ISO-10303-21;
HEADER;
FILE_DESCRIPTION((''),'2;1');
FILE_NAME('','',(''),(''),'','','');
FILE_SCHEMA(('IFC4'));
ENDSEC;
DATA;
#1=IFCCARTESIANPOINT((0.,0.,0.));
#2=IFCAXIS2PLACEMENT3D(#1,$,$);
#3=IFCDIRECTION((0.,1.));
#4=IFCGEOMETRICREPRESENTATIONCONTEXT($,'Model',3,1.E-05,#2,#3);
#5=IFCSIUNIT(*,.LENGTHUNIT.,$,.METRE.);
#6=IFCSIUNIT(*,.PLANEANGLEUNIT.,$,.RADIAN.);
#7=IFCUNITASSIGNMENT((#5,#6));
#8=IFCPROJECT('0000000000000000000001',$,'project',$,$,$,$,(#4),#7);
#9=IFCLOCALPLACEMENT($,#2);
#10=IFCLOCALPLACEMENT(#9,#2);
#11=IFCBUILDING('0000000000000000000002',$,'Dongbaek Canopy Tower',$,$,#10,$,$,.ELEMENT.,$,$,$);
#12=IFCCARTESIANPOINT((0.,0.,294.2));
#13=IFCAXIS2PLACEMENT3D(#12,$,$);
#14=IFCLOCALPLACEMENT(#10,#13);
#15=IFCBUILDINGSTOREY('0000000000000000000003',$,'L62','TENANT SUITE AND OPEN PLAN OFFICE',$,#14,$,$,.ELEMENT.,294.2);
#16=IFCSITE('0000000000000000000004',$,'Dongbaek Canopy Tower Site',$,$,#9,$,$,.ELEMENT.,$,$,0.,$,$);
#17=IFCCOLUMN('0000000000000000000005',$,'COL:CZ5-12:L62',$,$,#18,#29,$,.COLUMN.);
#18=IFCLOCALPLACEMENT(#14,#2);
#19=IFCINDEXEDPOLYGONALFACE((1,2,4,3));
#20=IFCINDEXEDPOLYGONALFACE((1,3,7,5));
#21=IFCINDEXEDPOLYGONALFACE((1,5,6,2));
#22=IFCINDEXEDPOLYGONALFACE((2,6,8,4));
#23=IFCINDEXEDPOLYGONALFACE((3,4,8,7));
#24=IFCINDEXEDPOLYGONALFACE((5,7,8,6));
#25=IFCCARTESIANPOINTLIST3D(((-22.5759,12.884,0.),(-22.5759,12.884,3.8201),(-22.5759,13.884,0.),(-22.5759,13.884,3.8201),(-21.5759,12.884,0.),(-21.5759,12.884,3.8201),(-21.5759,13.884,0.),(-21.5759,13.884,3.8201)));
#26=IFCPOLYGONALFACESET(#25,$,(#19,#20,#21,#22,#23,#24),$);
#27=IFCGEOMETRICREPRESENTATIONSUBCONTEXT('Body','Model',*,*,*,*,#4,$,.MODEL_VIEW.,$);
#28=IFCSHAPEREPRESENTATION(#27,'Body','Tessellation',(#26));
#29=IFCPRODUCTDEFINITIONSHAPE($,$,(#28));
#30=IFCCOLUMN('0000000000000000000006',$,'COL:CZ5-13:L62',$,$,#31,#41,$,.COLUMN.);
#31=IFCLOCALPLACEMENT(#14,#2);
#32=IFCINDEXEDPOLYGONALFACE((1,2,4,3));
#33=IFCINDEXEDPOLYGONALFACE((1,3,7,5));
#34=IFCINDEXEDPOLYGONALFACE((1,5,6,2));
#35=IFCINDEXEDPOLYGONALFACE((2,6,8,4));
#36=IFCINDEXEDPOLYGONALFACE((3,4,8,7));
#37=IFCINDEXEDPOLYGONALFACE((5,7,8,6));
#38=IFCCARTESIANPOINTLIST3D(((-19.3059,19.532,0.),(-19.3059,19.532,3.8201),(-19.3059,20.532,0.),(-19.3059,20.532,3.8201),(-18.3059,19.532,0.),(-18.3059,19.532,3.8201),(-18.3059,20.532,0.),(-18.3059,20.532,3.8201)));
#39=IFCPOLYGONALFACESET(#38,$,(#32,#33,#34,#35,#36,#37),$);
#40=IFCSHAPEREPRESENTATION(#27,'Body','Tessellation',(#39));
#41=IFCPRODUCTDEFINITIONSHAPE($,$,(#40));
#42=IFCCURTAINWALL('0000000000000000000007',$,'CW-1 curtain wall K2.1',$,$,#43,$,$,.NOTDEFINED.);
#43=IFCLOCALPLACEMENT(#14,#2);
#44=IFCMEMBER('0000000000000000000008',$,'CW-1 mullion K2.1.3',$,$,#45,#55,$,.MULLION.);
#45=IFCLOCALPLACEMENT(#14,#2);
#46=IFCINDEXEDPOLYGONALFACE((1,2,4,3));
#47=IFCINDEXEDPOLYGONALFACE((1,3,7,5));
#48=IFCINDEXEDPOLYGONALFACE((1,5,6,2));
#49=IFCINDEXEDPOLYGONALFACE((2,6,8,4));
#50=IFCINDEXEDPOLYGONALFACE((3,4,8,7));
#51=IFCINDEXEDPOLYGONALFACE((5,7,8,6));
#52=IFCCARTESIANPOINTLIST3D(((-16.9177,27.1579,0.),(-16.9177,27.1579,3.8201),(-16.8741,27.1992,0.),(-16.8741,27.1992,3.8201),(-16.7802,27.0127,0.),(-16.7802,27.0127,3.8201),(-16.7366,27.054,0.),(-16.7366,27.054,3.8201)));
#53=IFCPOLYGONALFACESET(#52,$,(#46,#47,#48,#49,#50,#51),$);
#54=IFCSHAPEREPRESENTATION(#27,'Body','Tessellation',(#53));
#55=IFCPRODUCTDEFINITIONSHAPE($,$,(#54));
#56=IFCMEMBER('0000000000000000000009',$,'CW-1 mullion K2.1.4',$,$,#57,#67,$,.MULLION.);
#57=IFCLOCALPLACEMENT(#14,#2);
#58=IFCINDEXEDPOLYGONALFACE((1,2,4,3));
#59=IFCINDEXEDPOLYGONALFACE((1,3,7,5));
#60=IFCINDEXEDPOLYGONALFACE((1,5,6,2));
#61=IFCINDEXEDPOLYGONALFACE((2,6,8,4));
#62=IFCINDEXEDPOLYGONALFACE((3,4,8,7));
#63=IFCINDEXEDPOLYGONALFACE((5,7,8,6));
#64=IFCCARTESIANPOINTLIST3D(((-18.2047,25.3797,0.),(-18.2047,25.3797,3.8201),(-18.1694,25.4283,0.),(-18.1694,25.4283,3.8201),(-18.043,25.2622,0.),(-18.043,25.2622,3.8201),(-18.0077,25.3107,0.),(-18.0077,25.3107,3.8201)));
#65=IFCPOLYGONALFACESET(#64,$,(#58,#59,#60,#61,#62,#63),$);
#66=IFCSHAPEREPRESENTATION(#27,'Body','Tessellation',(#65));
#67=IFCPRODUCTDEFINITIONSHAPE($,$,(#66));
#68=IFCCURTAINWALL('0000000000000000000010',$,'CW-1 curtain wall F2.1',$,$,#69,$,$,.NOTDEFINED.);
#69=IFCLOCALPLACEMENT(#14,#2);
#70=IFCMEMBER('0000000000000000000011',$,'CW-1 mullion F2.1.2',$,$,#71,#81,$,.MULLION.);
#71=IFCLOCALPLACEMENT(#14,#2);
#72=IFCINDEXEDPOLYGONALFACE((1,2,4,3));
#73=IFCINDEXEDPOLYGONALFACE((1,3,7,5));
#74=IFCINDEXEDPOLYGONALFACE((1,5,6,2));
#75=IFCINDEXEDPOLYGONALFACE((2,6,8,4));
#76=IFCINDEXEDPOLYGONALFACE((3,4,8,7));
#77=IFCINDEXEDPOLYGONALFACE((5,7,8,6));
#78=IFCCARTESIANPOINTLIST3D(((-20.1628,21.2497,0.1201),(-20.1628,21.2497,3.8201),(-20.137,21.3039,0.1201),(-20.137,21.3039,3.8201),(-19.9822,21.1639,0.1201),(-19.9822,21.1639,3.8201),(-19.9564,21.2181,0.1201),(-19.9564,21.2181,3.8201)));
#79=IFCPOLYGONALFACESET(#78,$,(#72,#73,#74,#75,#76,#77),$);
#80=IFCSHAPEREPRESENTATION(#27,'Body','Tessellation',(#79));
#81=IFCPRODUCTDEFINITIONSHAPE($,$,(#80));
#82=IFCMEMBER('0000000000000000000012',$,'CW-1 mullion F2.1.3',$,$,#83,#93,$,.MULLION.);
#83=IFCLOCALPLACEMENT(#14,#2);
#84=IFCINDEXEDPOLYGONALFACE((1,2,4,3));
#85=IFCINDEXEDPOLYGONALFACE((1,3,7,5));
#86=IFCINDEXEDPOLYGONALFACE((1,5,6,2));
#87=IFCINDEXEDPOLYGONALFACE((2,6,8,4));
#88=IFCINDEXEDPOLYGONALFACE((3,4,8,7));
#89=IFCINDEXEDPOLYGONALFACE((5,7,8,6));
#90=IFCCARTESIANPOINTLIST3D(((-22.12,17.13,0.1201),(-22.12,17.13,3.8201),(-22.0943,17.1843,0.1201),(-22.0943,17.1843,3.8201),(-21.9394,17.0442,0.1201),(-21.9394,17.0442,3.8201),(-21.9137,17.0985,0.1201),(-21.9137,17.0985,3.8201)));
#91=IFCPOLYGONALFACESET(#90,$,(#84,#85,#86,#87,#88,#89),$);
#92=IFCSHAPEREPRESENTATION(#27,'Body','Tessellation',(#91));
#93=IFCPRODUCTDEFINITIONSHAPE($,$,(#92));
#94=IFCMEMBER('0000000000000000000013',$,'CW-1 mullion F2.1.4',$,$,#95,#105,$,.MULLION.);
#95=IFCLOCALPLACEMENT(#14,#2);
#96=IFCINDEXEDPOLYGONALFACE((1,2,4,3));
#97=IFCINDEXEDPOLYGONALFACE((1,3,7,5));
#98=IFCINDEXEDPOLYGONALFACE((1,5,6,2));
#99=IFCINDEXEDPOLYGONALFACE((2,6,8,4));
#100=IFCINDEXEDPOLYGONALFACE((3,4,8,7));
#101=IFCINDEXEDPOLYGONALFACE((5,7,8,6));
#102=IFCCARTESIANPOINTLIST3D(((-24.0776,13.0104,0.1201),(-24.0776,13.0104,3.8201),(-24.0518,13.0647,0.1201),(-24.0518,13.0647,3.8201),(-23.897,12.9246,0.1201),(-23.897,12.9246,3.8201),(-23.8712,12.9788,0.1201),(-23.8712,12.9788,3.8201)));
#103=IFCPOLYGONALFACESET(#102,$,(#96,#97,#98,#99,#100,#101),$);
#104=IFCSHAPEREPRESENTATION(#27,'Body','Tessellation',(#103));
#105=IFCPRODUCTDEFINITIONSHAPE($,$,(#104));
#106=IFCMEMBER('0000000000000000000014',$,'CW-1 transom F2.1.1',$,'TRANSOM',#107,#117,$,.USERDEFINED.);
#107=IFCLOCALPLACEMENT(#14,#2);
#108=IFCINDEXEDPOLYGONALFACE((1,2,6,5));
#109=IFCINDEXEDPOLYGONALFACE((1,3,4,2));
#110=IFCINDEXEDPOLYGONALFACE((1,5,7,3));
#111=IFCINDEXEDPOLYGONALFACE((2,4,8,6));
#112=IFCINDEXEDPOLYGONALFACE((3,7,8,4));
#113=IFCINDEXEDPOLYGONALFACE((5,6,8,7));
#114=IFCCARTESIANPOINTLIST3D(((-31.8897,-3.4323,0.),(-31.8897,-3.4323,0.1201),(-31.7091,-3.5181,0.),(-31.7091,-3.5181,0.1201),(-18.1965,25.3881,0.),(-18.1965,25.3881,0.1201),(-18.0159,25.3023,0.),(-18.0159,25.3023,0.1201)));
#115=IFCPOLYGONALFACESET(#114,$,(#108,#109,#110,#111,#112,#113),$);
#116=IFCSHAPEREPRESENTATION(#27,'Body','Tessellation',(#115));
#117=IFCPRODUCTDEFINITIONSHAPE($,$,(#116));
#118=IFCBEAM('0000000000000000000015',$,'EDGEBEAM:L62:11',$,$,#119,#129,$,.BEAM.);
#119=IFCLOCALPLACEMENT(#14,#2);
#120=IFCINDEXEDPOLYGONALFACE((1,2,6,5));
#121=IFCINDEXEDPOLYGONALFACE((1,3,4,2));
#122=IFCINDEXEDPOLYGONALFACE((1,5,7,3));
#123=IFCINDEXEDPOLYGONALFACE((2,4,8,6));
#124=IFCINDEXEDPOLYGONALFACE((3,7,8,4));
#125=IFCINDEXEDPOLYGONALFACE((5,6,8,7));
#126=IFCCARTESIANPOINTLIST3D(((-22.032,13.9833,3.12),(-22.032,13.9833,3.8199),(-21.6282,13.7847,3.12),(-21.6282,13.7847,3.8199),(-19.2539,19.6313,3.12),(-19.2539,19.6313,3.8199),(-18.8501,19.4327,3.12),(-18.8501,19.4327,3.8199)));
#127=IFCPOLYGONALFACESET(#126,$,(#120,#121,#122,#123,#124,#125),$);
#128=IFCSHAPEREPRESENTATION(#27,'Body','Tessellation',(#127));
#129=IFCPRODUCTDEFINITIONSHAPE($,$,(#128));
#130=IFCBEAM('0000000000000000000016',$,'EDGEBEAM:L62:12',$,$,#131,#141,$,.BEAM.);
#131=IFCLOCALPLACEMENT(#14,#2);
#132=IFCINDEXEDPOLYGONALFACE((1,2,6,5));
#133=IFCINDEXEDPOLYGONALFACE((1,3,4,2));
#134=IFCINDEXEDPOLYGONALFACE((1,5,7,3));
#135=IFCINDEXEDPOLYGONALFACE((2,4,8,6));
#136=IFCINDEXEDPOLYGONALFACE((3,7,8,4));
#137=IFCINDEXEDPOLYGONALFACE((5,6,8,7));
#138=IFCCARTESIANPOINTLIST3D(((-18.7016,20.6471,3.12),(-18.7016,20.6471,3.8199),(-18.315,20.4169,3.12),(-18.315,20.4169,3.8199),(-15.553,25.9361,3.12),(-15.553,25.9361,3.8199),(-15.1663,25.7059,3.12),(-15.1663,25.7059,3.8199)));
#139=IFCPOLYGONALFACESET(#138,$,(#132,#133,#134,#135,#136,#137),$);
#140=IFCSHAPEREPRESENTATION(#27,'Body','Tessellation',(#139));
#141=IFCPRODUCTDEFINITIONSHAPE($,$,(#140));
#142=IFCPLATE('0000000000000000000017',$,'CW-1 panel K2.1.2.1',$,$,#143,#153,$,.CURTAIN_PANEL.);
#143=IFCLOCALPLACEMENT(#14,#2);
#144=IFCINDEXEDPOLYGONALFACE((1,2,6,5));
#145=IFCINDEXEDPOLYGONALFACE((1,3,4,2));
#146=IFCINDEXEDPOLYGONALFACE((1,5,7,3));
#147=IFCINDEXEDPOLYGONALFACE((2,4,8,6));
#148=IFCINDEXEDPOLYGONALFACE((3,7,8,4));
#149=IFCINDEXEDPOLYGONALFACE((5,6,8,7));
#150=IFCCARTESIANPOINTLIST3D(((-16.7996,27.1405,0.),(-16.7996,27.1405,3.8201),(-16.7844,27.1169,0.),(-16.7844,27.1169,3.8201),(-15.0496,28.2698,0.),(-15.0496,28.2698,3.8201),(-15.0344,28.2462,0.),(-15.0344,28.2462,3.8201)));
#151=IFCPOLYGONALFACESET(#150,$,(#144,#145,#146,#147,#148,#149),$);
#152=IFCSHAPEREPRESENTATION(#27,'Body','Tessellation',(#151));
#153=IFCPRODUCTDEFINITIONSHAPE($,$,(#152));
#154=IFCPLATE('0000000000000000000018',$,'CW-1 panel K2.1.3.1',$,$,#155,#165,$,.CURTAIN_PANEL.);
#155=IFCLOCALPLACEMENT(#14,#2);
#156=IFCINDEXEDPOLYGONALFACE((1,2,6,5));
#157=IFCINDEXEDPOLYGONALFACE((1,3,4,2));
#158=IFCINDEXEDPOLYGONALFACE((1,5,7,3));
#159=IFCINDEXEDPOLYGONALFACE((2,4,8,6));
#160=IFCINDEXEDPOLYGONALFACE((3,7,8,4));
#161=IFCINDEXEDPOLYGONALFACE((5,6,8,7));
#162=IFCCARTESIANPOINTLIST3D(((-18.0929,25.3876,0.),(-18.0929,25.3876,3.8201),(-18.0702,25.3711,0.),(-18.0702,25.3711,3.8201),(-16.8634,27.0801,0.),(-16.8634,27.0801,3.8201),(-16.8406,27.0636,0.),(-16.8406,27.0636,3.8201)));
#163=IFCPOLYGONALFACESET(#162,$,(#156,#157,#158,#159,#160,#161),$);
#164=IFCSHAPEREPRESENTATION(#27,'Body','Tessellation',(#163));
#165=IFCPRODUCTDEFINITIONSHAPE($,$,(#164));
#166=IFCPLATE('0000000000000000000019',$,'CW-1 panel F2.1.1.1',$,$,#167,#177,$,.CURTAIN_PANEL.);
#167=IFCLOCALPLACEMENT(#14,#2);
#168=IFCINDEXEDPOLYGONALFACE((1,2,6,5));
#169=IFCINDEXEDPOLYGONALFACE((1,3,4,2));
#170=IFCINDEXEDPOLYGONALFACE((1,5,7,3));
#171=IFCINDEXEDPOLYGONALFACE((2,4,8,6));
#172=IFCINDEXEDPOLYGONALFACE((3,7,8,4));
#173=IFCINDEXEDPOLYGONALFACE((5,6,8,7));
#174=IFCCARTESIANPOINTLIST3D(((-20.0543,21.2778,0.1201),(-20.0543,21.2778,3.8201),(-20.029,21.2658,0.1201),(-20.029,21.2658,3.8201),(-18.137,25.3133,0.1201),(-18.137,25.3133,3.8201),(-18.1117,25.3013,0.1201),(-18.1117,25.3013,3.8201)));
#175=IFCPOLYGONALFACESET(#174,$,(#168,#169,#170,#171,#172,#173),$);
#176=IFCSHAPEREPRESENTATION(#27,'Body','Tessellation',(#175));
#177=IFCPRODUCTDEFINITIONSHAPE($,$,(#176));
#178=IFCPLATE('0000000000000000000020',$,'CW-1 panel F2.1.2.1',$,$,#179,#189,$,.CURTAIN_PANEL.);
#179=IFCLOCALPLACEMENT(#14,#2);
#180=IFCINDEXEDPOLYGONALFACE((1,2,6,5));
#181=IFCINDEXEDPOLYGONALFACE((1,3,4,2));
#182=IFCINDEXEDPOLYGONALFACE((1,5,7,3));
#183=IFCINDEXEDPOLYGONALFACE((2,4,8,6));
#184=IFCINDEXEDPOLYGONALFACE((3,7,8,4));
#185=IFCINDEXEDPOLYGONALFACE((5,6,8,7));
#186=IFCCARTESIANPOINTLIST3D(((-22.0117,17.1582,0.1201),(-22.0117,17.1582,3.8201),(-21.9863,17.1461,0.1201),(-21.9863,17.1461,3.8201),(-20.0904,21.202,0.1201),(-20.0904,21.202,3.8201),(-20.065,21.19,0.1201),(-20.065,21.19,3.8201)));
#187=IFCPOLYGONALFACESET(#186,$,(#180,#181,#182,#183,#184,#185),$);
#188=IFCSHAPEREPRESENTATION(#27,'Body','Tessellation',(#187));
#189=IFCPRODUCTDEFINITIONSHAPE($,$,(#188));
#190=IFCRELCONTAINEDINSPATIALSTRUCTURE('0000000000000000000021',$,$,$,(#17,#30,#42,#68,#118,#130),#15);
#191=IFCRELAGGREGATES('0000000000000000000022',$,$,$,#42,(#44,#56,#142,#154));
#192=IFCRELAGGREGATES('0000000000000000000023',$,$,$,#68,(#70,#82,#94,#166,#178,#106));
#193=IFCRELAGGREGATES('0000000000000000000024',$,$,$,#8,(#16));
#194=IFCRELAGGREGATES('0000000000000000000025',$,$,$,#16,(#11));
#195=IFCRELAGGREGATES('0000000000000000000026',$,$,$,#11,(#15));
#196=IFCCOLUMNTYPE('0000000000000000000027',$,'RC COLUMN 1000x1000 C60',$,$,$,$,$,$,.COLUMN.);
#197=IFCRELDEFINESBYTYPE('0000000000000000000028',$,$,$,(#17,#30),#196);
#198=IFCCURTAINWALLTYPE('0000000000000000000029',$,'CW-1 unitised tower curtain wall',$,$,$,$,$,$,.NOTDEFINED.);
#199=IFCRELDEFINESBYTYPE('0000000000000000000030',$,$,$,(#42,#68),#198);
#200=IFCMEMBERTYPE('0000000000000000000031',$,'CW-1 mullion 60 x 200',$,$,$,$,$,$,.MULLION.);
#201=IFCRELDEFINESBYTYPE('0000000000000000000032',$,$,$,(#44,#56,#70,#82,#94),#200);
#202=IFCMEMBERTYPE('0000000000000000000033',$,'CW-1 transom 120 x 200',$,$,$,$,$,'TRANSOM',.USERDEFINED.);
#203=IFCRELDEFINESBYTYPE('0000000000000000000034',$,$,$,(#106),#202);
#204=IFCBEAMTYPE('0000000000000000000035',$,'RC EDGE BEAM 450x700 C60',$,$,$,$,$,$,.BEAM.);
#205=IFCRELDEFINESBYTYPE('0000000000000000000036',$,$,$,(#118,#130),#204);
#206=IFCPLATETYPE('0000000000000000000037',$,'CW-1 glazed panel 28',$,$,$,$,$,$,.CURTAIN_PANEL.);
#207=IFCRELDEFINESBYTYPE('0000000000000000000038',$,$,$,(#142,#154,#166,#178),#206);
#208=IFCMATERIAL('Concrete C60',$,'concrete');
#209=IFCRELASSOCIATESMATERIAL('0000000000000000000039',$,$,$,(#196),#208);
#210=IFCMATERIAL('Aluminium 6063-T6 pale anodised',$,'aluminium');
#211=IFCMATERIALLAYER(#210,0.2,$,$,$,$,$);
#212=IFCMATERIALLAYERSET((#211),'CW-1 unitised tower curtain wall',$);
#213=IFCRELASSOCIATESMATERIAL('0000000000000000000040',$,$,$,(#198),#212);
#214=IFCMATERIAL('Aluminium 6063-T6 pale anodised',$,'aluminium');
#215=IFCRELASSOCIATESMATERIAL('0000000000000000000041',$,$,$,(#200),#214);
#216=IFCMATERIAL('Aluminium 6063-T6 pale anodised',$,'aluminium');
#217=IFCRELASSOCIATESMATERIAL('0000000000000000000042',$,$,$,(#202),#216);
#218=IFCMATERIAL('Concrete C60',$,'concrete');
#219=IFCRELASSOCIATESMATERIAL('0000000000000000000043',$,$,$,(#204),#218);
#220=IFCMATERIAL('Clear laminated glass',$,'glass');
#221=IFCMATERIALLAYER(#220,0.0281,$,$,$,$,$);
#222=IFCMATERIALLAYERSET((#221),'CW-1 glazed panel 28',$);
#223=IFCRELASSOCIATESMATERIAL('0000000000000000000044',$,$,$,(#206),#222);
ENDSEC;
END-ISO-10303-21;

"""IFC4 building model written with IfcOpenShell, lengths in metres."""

from ifc_helpers import new_model, si_unit, direction, frame, origin, origin_2d, place, context, subcontext, project, spatial, rectangle, extrude, material, layer, layer_set, material_profile, profile_set, type_object, element, aggregate, save


model = new_model("IFC4")

# Units and contexts
model_context = context("Model", 3, precision=1e-05, world=origin(), true_north=direction((0.0, 1.0)))
body_context = subcontext(model_context, "Body", "Model", "MODEL_VIEW")
ifc_project = project(units=[si_unit("LENGTHUNIT", "METRE"), si_unit("PLANEANGLEUNIT", "RADIAN")], contexts=[model_context])

# Site, building, storey
site_placement = place(None, origin())
site = spatial("IfcSite", under=ifc_project, at=site_placement, Name="Dongbaek Canopy Tower Site", CompositionType="ELEMENT", RefElevation=0.0)
building_placement = place(site_placement, origin())
building = spatial("IfcBuilding", under=site, at=building_placement, Name="Dongbaek Canopy Tower", CompositionType="ELEMENT")
storey_placement = place(building_placement, frame((0.0, 0.0, 294.2)))
storey = spatial("IfcBuildingStorey", under=building, at=storey_placement, Name="L62", Description="TENANT SUITE AND OPEN PLAN OFFICE", CompositionType="ELEMENT", Elevation=294.2)

# Columns
ifc_material_1 = material(Name="Concrete C60", Category="concrete")
ifc_material_profile_1 = material_profile(ifc_material_1, rectangle(XDim=1.0, YDim=1.0, at=origin_2d()), Name="RC COLUMN 1000x1000 C60")
ifc_profile_set_1 = profile_set([ifc_material_profile_1], Name="Concrete C60")
column_type = type_object("IfcColumnType", Name="RC COLUMN 1000x1000 C60", PredefinedType="COLUMN", material=ifc_profile_set_1)
for number, where, z_axis, x_axis, name in (
    (1, (-22.0759, 13.384, 0.0), (0.0, 0.0, 1.0), (1.0, 0.0, 0.0), "COL:CZ5-12:L62"),
    (2, (-18.8059, 20.032, 0.0), (0.0, 0.0, 1.0), (1.0, 0.0, 0.0), "COL:CZ5-13:L62"),
):
    element("IfcColumn", number, at=place(storey_placement, frame(where, z_axis=z_axis, x_axis=x_axis)), inside=storey, type_object=column_type, Name=name, PredefinedType="COLUMN", context=body_context, shape_type="SweptSolid", body=[
        extrude(rectangle(XDim=1.0, YDim=1.0, at=origin_2d()), origin(), (0.0, 0.0, 1.0), 3.8201),
    ])

# Curtain walls, members
ifc_material_2 = material(Name="Aluminium 6063-T6 pale anodised", Category="aluminium")
ifc_layer_1 = layer(ifc_material_2, 0.2)
ifc_layer_set_1 = layer_set([ifc_layer_1], Name="CW-1 unitised tower curtain wall")
curtain_wall_type = type_object("IfcCurtainWallType", Name="CW-1 unitised tower curtain wall", PredefinedType="NOTDEFINED", material=ifc_layer_set_1)
curtain_wall_1_placement = place(storey_placement, origin())
curtain_wall_1 = element("IfcCurtainWall", 3, at=curtain_wall_1_placement, inside=storey, type_object=curtain_wall_type, Name="CW-1 curtain wall K2.1", PredefinedType="NOTDEFINED")
ifc_material_3 = material(Name="Aluminium 6063-T6 pale anodised", Category="aluminium")
ifc_material_profile_2 = material_profile(ifc_material_3, rectangle(XDim=0.2, YDim=0.0601, at=origin_2d()), Name="CW-1 mullion 60 x 200")
ifc_profile_set_2 = profile_set([ifc_material_profile_2], Name="Aluminium 6063-T6 pale anodised")
member_type_1 = type_object("IfcMemberType", Name="CW-1 mullion 60 x 200", PredefinedType="MULLION", material=ifc_profile_set_2)
member_1_placement = place(storey_placement, frame((-16.8271, 27.106, 0.0), z_axis=(0.0, 0.0, 1.0), x_axis=(-0.687328, 0.726347, 0.0)))
member_1 = element("IfcMember", 4, at=member_1_placement, type_object=member_type_1, Name="CW-1 mullion K2.1.3", PredefinedType="MULLION", context=body_context, shape_type="SweptSolid", body=[
    extrude(rectangle(XDim=0.2, YDim=0.0601, at=origin_2d()), origin(), (0.0, 0.0, 1.0), 3.8201),
])
member_2_placement = place(storey_placement, frame((-18.1062, 25.3452, 0.0), z_axis=(0.0, 0.0, 1.0), x_axis=(-0.809046, 0.587745, 0.0)))
member_2 = element("IfcMember", 5, at=member_2_placement, type_object=member_type_1, Name="CW-1 mullion K2.1.4", PredefinedType="MULLION", context=body_context, shape_type="SweptSolid", body=[
    extrude(rectangle(XDim=0.2, YDim=0.0601, at=origin_2d()), origin(), (0.0, 0.0, 1.0), 3.8201),
])
curtain_wall_2_placement = place(storey_placement, origin())
curtain_wall_2 = element("IfcCurtainWall", 6, at=curtain_wall_2_placement, inside=storey, type_object=curtain_wall_type, Name="CW-1 curtain wall F2.1", PredefinedType="NOTDEFINED")
member_3_placement = place(storey_placement, frame((-20.0596, 21.2339, 0.1201), z_axis=(0.0, 0.0, 1.0), x_axis=(-0.903236, 0.429143, 0.0)))
member_3 = element("IfcMember", 7, at=member_3_placement, type_object=member_type_1, Name="CW-1 mullion F2.1.2", PredefinedType="MULLION", context=body_context, shape_type="SweptSolid", body=[
    extrude(rectangle(XDim=0.2, YDim=0.0601, at=origin_2d()), origin(), (0.0, 0.0, 1.0), 3.7),
])
member_4_placement = place(storey_placement, frame((-22.0168, 17.1143, 0.1201), z_axis=(0.0, 0.0, 1.0), x_axis=(-0.903236, 0.429143, 0.0)))
member_4 = element("IfcMember", 8, at=member_4_placement, type_object=member_type_1, Name="CW-1 mullion F2.1.3", PredefinedType="MULLION", context=body_context, shape_type="SweptSolid", body=[
    extrude(rectangle(XDim=0.2, YDim=0.0601, at=origin_2d()), origin(), (0.0, 0.0, 1.0), 3.7),
])
member_5_placement = place(storey_placement, frame((-23.9744, 12.9946, 0.1201), z_axis=(0.0, 0.0, 1.0), x_axis=(-0.903236, 0.429143, 0.0)))
member_5 = element("IfcMember", 9, at=member_5_placement, type_object=member_type_1, Name="CW-1 mullion F2.1.4", PredefinedType="MULLION", context=body_context, shape_type="SweptSolid", body=[
    extrude(rectangle(XDim=0.2, YDim=0.0601, at=origin_2d()), origin(), (0.0, 0.0, 1.0), 3.7),
])
ifc_material_4 = material(Name="Aluminium 6063-T6 pale anodised", Category="aluminium")
ifc_material_profile_3 = material_profile(ifc_material_4, rectangle(XDim=0.2, YDim=0.1201, at=origin_2d()), Name="CW-1 transom 120 x 200")
ifc_profile_set_3 = profile_set([ifc_material_profile_3], Name="Aluminium 6063-T6 pale anodised")
member_type_2 = type_object("IfcMemberType", Name="CW-1 transom 120 x 200", ElementType="TRANSOM", PredefinedType="USERDEFINED", material=ifc_profile_set_3)
member_6_placement = place(storey_placement, frame((-18.1062, 25.3452, 0.0601), z_axis=(-0.429145, -0.903235, 0.0), x_axis=(0.903235, -0.429145, 0.0)))
member_6 = element("IfcMember", 10, at=member_6_placement, type_object=member_type_2, Name="CW-1 transom F2.1.1", ObjectType="TRANSOM", PredefinedType="USERDEFINED", context=body_context, shape_type="SweptSolid", body=[
    extrude(rectangle(XDim=0.2, YDim=0.1201, at=origin_2d()), origin(), (0.0, 0.0, 1.0), 31.908),
])

# Beams
ifc_material_5 = material(Name="Concrete C60", Category="concrete")
ifc_material_profile_4 = material_profile(ifc_material_5, rectangle(XDim=0.45, YDim=0.7, at=origin_2d()), Name="RC EDGE BEAM 450x700 C60")
ifc_profile_set_4 = profile_set([ifc_material_profile_4], Name="Concrete C60")
beam_type = type_object("IfcBeamType", Name="RC EDGE BEAM 450x700 C60", PredefinedType="BEAM", material=ifc_profile_set_4)
beam_1_placement = place(storey_placement, frame((-21.8301, 13.884, 3.47), z_axis=(0.44137, 0.897325, 0.0), x_axis=(-0.897325, 0.44137, 0.0)))
element("IfcBeam", 11, at=beam_1_placement, inside=storey, type_object=beam_type, Name="EDGEBEAM:L62:11", PredefinedType="BEAM", context=body_context, shape_type="SweptSolid", body=[
    extrude(rectangle(XDim=0.45, YDim=0.7, at=origin_2d()), origin(), (0.0, 0.0, 1.0), 6.2942),
])
beam_2_placement = place(storey_placement, frame((-18.5083, 20.532, 3.47), z_axis=(0.511535, 0.859262, 0.0), x_axis=(-0.859262, 0.511535, 0.0)))
element("IfcBeam", 12, at=beam_2_placement, inside=storey, type_object=beam_type, Name="EDGEBEAM:L62:12", PredefinedType="BEAM", context=body_context, shape_type="SweptSolid", body=[
    extrude(rectangle(XDim=0.45, YDim=0.7, at=origin_2d()), origin(), (0.0, 0.0, 1.0), 6.1553),
])

# Plates
ifc_material_6 = material(Name="Clear laminated glass", Category="glass")
ifc_layer_2 = layer(ifc_material_6, 0.0281)
ifc_layer_set_2 = layer_set([ifc_layer_2], Name="CW-1 glazed panel 28")
plate_type = type_object("IfcPlateType", Name="CW-1 glazed panel 28", PredefinedType="CURTAIN_PANEL", material=ifc_layer_set_2)
plate_1_placement = place(storey_placement, frame((-15.917, 27.6934, 0.0), z_axis=(0.0, 0.0, 1.0), x_axis=(-0.840235, -0.542222, 0.0)))
plate_1 = element("IfcPlate", 13, at=plate_1_placement, type_object=plate_type, Name="CW-1 panel K2.1.2.1", PredefinedType="CURTAIN_PANEL", context=body_context, shape_type="SweptSolid", body=[
    extrude(rectangle(XDim=2.0828, YDim=0.0281, at=origin_2d()), origin(), (0.0, 0.0, 1.0), 3.8201),
])
plate_2_placement = place(storey_placement, frame((-17.4668, 26.2256, 0.0), z_axis=(0.0, 0.0, 1.0), x_axis=(-0.587745, -0.809046, 0.0)))
plate_2 = element("IfcPlate", 14, at=plate_2_placement, type_object=plate_type, Name="CW-1 panel K2.1.3.1", PredefinedType="CURTAIN_PANEL", context=body_context, shape_type="SweptSolid", body=[
    extrude(rectangle(XDim=2.092, YDim=0.0281, at=origin_2d()), origin(), (0.0, 0.0, 1.0), 3.8201),
])
aggregate(curtain_wall_1, [member_1, member_2, plate_1, plate_2])
plate_3_placement = place(storey_placement, frame((-19.083, 23.2896, 0.1201), z_axis=(0.0, 0.0, 1.0), x_axis=(-0.429143, -0.903236, 0.0)))
plate_3 = element("IfcPlate", 15, at=plate_3_placement, type_object=plate_type, Name="CW-1 panel F2.1.1.1", PredefinedType="CURTAIN_PANEL", context=body_context, shape_type="SweptSolid", body=[
    extrude(rectangle(XDim=4.4678, YDim=0.0281, at=origin_2d()), origin(), (0.0, 0.0, 1.0), 3.7),
])
plate_4_placement = place(storey_placement, frame((-21.0383, 19.1741, 0.1201), z_axis=(0.0, 0.0, 1.0), x_axis=(-0.429143, -0.903236, 0.0)))
plate_4 = element("IfcPlate", 16, at=plate_4_placement, type_object=plate_type, Name="CW-1 panel F2.1.2.1", PredefinedType="CURTAIN_PANEL", context=body_context, shape_type="SweptSolid", body=[
    extrude(rectangle(XDim=4.4771, YDim=0.0281, at=origin_2d()), origin(), (0.0, 0.0, 1.0), 3.7),
])

aggregate(curtain_wall_2, [member_3, member_4, member_5, plate_3, plate_4, member_6])

save(model, "model.ifc")
